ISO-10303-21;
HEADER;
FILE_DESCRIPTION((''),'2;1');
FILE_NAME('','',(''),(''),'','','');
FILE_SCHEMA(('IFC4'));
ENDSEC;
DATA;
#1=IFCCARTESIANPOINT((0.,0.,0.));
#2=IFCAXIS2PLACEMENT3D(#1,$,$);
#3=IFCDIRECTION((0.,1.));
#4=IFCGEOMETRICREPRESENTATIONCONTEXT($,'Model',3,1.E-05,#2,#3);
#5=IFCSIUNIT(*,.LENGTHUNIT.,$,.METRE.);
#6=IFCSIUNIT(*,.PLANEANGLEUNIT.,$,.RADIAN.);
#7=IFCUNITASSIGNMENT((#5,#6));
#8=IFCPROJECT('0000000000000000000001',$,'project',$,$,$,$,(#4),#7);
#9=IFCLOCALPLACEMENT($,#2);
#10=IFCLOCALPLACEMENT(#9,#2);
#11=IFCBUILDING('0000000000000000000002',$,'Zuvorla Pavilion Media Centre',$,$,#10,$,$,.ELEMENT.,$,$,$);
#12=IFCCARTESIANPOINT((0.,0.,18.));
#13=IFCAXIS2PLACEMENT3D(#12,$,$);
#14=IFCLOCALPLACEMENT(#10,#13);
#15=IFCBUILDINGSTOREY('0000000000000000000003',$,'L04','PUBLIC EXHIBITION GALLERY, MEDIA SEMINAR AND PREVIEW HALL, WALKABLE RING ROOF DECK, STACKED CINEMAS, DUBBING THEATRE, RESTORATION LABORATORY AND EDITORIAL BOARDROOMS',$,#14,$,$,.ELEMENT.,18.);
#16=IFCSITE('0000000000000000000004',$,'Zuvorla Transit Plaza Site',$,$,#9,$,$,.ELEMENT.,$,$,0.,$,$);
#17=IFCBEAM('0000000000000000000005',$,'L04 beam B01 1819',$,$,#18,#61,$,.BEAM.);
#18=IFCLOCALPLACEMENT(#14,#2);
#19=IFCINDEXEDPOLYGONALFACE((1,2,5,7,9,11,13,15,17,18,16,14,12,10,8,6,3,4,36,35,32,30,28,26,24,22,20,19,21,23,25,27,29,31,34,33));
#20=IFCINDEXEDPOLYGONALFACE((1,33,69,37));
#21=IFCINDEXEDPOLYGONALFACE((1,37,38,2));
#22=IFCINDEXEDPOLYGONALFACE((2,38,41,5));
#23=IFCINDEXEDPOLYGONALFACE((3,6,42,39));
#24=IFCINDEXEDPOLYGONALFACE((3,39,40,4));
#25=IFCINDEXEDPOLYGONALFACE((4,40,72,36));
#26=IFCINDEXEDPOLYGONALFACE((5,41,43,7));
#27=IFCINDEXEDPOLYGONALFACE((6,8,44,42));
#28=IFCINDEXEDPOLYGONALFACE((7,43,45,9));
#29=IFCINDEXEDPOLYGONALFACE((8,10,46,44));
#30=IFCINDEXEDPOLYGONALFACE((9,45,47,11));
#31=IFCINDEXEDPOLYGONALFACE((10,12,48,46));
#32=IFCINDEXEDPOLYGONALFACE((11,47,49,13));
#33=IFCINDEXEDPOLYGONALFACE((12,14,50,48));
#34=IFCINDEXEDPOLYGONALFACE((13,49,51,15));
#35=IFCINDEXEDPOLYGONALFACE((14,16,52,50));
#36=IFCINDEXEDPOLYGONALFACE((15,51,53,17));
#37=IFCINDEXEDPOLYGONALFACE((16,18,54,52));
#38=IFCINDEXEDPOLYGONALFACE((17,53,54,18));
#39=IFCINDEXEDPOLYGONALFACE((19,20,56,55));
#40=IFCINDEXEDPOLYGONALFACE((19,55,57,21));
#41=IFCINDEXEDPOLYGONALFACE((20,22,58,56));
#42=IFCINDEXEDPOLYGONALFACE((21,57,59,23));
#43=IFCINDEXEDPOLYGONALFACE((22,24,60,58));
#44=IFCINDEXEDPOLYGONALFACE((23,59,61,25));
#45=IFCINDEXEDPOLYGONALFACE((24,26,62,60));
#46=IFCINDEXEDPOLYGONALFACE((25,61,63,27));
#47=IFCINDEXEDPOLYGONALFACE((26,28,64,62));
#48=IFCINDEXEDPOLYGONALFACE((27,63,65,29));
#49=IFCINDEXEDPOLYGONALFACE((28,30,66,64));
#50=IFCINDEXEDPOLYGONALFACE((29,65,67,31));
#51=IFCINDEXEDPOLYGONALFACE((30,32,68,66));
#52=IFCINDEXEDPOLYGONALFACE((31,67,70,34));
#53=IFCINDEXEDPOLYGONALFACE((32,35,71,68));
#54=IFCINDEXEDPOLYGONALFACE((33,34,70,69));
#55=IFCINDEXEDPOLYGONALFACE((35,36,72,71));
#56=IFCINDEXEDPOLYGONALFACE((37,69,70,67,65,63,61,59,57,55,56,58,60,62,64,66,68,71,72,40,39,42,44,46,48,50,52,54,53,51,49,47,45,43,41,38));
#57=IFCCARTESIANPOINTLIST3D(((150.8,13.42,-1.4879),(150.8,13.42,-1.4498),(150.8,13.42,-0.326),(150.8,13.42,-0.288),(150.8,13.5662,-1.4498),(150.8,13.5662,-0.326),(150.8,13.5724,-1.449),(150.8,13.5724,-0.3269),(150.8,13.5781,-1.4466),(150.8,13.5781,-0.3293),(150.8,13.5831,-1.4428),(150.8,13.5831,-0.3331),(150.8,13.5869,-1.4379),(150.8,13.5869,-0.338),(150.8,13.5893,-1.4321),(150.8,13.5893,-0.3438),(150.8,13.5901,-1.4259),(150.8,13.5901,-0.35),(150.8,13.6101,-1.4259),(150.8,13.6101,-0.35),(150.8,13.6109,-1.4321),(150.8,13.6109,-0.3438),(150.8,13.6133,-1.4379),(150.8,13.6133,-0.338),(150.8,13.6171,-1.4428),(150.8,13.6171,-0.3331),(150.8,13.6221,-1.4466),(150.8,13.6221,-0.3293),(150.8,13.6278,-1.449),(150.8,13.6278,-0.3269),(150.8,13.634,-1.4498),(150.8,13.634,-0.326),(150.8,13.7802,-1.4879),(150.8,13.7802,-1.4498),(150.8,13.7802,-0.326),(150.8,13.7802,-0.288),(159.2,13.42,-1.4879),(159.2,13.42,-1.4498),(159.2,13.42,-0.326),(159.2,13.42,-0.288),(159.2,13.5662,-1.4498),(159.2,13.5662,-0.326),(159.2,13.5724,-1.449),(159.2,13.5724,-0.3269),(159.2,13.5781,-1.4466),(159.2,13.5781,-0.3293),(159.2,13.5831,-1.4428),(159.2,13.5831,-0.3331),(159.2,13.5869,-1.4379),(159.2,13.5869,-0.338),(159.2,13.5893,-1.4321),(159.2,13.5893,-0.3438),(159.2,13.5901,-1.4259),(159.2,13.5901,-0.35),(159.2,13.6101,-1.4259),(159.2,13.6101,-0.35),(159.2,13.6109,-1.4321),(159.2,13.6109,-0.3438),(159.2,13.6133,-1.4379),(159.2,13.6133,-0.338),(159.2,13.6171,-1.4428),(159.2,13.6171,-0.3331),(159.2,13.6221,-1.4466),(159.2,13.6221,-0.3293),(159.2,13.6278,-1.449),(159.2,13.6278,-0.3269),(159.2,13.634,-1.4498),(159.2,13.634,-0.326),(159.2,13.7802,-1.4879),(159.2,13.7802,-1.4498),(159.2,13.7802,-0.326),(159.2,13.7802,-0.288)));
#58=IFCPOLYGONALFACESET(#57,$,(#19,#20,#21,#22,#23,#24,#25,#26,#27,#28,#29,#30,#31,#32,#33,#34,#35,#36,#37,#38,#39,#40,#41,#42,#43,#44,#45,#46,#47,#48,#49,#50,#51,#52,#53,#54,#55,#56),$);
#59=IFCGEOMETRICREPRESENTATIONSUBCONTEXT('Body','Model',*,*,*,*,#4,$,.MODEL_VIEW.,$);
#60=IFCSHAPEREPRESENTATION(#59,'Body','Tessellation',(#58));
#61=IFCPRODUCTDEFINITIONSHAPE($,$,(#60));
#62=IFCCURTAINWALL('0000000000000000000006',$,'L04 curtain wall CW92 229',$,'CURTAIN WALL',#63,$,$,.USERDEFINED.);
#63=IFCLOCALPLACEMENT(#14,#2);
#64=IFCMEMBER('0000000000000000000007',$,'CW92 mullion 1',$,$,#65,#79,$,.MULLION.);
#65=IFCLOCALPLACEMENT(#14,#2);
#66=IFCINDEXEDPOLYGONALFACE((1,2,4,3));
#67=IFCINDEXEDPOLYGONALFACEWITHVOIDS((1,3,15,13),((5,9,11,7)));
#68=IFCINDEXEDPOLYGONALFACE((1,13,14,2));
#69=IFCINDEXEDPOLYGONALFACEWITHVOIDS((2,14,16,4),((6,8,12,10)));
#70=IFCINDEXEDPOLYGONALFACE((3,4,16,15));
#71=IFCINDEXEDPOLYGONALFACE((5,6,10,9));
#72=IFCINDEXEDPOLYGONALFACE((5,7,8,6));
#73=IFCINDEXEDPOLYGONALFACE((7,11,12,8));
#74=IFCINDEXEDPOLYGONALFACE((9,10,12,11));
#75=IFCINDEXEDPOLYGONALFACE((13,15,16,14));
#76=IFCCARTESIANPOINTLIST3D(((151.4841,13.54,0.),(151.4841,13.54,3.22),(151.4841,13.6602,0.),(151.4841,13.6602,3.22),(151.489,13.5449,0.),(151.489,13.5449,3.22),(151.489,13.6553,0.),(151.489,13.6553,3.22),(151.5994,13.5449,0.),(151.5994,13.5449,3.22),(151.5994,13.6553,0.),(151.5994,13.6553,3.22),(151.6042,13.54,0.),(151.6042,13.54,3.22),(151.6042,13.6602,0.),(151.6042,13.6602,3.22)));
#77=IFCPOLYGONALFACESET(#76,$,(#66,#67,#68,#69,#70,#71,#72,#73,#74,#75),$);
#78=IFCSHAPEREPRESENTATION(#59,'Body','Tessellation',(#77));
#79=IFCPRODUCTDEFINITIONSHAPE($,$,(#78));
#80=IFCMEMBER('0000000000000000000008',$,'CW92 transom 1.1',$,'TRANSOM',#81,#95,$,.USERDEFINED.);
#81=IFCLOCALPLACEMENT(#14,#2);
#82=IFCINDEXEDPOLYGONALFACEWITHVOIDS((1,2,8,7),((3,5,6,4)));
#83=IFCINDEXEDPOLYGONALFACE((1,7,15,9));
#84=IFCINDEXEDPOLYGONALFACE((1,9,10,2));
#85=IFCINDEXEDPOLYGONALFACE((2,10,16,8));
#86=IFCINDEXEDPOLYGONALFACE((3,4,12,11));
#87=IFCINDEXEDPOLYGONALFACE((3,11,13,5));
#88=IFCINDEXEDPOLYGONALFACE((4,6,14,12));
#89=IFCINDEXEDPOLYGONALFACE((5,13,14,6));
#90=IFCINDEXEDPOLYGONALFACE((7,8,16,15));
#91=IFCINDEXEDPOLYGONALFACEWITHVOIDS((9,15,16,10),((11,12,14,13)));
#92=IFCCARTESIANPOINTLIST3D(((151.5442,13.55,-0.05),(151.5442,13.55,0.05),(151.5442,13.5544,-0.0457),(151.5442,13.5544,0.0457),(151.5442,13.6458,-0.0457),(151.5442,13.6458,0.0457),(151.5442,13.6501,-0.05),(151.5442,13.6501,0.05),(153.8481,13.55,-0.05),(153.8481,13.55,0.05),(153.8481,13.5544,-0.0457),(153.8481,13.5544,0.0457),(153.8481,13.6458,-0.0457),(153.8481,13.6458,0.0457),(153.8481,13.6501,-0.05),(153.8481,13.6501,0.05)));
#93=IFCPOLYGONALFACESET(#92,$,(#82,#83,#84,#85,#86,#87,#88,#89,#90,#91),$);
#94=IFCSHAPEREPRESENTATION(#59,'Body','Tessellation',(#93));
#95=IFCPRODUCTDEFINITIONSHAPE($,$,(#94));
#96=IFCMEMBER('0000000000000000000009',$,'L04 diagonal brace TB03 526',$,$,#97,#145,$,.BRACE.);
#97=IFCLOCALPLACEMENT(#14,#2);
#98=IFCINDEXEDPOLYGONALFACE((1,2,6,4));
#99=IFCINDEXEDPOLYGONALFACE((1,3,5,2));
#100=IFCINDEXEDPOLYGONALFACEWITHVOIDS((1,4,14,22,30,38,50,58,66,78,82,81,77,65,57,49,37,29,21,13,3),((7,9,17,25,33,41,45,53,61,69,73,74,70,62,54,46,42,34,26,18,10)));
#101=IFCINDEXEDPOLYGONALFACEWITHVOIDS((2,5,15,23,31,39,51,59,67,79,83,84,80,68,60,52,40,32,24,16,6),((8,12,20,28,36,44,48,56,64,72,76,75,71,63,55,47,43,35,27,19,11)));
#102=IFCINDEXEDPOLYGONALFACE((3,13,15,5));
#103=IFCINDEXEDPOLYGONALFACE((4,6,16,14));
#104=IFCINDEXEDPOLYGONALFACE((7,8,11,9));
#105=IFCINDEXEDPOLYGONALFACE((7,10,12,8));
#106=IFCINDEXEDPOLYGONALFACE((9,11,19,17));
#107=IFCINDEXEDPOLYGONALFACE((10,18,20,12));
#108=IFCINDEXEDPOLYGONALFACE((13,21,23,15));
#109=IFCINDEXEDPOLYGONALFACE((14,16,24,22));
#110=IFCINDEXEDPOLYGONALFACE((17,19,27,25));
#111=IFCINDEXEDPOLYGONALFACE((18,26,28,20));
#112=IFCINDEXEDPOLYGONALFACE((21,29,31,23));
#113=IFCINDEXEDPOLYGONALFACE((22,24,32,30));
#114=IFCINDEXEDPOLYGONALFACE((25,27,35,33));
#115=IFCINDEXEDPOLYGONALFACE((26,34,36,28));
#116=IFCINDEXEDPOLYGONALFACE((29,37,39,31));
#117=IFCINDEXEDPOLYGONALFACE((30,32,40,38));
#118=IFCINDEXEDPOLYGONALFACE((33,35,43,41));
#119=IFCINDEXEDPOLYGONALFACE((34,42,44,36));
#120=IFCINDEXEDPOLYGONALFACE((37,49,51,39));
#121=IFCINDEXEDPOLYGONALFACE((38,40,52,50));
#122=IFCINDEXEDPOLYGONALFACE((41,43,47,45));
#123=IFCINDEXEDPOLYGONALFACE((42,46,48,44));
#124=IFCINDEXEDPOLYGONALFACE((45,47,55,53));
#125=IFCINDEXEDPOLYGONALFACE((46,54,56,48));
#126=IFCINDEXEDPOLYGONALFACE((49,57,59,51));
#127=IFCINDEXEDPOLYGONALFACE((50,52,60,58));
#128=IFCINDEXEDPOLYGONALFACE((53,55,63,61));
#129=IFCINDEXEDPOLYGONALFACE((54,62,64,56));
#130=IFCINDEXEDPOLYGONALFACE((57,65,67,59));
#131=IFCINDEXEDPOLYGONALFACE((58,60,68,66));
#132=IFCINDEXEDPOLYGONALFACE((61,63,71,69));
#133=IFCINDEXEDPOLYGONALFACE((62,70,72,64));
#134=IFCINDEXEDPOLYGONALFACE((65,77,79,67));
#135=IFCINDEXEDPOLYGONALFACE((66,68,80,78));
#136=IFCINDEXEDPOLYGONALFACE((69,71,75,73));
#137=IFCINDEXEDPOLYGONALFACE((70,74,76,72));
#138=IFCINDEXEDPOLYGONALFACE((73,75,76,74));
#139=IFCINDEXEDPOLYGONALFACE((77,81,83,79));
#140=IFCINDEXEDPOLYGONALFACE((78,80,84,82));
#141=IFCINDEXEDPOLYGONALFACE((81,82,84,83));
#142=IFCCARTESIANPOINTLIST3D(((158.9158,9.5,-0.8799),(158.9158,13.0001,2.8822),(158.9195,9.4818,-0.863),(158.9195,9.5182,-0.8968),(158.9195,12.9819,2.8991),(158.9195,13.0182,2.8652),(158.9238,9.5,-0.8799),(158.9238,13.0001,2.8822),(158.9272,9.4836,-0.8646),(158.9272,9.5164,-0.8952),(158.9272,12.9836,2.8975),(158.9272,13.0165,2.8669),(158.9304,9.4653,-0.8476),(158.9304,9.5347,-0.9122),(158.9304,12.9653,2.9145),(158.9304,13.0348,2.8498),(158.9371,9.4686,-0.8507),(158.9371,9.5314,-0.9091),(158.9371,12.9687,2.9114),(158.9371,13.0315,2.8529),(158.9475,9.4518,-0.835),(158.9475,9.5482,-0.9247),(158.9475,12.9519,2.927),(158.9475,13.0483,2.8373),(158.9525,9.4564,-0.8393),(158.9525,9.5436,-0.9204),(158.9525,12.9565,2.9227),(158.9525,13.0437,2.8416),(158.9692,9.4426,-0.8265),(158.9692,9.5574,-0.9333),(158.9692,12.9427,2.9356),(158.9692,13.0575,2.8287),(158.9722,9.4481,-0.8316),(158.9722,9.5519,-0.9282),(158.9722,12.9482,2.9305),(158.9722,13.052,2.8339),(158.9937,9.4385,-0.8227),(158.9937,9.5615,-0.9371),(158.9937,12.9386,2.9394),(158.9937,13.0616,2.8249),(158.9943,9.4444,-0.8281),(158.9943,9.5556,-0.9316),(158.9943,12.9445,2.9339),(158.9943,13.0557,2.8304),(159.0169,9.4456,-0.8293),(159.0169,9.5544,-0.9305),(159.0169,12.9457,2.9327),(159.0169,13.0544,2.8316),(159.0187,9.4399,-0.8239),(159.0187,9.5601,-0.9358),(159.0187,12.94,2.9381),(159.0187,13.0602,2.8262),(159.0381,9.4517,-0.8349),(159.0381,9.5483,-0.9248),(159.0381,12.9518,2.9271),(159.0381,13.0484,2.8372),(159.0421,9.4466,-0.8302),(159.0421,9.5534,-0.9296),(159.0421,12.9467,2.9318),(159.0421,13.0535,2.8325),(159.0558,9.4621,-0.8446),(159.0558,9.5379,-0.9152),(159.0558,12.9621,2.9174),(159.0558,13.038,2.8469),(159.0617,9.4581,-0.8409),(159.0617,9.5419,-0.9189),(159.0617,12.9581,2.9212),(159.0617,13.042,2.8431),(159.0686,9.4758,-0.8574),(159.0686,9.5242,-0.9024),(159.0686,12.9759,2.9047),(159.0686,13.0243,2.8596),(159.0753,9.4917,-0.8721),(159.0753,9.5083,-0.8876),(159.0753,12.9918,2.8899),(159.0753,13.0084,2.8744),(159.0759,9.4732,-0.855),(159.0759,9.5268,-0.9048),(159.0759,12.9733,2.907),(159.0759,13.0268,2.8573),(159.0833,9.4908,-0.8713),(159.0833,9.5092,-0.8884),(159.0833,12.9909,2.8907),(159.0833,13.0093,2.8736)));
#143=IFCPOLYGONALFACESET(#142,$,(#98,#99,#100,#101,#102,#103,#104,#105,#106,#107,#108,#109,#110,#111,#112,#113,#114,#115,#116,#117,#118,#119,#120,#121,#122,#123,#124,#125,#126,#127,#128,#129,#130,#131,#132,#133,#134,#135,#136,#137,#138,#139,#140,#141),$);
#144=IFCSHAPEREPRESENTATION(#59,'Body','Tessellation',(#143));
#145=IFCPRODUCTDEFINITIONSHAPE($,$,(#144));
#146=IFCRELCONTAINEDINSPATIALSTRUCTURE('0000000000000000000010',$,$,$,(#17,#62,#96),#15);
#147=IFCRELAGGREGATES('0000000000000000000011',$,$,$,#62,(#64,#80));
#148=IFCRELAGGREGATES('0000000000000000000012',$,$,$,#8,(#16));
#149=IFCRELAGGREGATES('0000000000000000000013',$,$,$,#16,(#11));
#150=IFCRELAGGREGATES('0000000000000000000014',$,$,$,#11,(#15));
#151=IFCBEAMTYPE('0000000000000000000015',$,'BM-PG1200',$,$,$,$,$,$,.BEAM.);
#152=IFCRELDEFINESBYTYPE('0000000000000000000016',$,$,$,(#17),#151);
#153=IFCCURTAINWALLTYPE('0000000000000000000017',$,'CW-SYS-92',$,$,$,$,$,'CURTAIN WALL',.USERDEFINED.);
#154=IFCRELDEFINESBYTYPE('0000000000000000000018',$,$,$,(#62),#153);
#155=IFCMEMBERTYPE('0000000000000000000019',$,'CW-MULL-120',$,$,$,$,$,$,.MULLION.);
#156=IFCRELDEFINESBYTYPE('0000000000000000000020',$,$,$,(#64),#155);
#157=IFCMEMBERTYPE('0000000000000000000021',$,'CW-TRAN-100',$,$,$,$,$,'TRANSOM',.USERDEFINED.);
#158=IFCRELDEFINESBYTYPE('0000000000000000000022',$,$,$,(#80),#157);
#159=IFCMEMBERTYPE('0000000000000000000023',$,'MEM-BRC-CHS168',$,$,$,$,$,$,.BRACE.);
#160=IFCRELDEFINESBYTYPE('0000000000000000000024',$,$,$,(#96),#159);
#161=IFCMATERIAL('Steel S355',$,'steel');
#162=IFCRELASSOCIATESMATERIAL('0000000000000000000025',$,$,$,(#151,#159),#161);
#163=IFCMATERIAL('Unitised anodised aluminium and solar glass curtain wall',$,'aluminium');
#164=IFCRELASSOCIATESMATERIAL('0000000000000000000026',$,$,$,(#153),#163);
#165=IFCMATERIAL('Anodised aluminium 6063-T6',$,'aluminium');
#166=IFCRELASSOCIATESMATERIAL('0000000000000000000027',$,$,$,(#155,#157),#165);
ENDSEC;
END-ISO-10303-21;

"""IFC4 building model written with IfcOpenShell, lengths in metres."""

from ifc_helpers import new_model, si_unit, direction, frame, origin, origin_2d, place, context, subcontext, project, spatial, hollow_rectangle, hollow_circle, i_section, extrude, material, material_profile, profile_set, type_object, element, aggregate, save


model = new_model("IFC4")

# Units and contexts
model_context = context("Model", 3, precision=1e-05, world=origin(), true_north=direction((0.0, 1.0)))
body_context = subcontext(model_context, "Body", "Model", "MODEL_VIEW")
ifc_project = project(units=[si_unit("LENGTHUNIT", "METRE"), si_unit("PLANEANGLEUNIT", "RADIAN")], contexts=[model_context])

# Site, building, storey
site_placement = place(None, origin())
site = spatial("IfcSite", under=ifc_project, at=site_placement, Name="Zuvorla Transit Plaza Site", CompositionType="ELEMENT", RefElevation=0.0)
building_placement = place(site_placement, origin())
building = spatial("IfcBuilding", under=site, at=building_placement, Name="Zuvorla Pavilion Media Centre", CompositionType="ELEMENT")
storey_placement = place(building_placement, frame((0.0, 0.0, 18.0)))
storey = spatial("IfcBuildingStorey", under=building, at=storey_placement, Name="L04", Description="PUBLIC EXHIBITION GALLERY, MEDIA SEMINAR AND PREVIEW HALL, WALKABLE RING ROOF DECK, STACKED CINEMAS, DUBBING THEATRE, RESTORATION LABORATORY AND EDITORIAL BOARDROOMS", CompositionType="ELEMENT", Elevation=18.0)

# Beam
ifc_material_1 = material(Name="Steel S355", Category="steel")
ifc_material_profile_1 = material_profile(ifc_material_1, i_section(OverallWidth=0.3601, OverallDepth=1.2, WebThickness=0.02, FlangeThickness=0.0381, FilletRadius=0.0239, at=origin_2d()), Name="PG 1200x360x38")
ifc_profile_set_1 = profile_set([ifc_material_profile_1], Name="Steel S355")
beam_type = type_object("IfcBeamType", Name="BM-PG1200", PredefinedType="BEAM", material=ifc_profile_set_1)
beam_placement = place(storey_placement, frame((150.8, 13.6001, -0.8879), z_axis=(1.0, 0.0, 0.0), x_axis=(0.0, 1.0, 0.0)))
element("IfcBeam", 1, at=beam_placement, inside=storey, type_object=beam_type, Name="L04 beam B01 1819", PredefinedType="BEAM", context=body_context, shape_type="SweptSolid", body=[
    extrude(i_section(OverallWidth=0.3601, OverallDepth=1.2, WebThickness=0.02, FlangeThickness=0.0381, FilletRadius=0.0239, at=origin_2d()), origin(), (0.0, 0.0, 1.0), 8.3999),
])

# Curtain wall, members
ifc_material_2 = material(Name="Unitised anodised aluminium and solar glass curtain wall", Category="aluminium")
curtain_wall_type = type_object("IfcCurtainWallType", Name="CW-SYS-92", ElementType="CURTAIN WALL", PredefinedType="USERDEFINED", material=ifc_material_2)
curtain_wall_placement = place(storey_placement, origin())
curtain_wall = element("IfcCurtainWall", 2, at=curtain_wall_placement, inside=storey, type_object=curtain_wall_type, Name="L04 curtain wall CW92 229", ObjectType="CURTAIN WALL", PredefinedType="USERDEFINED")
ifc_material_3 = material(Name="Anodised aluminium 6063-T6", Category="aluminium")
ifc_material_profile_2 = material_profile(ifc_material_3, hollow_rectangle(XDim=0.1201, YDim=0.1201, WallThickness=0.0049, at=origin_2d()), Name="ALU MULL 120x120")
ifc_profile_set_2 = profile_set([ifc_material_profile_2], Name="Anodised aluminium 6063-T6")
member_type_1 = type_object("IfcMemberType", Name="CW-MULL-120", PredefinedType="MULLION", material=ifc_profile_set_2)
member_1_placement = place(storey_placement, frame((151.5442, 13.6001, 0.0), z_axis=(0.0, 0.0, 1.0), x_axis=(1.0, 0.0, 0.0)))
member_1 = element("IfcMember", 3, at=member_1_placement, type_object=member_type_1, Name="CW92 mullion 1", PredefinedType="MULLION", context=body_context, shape_type="SweptSolid", body=[
    extrude(hollow_rectangle(XDim=0.1201, YDim=0.1201, WallThickness=0.0049, at=origin_2d()), origin(), (0.0, 0.0, 1.0), 3.22),
])
ifc_material_profile_3 = material_profile(ifc_material_3, hollow_rectangle(XDim=0.1001, YDim=0.1001, WallThickness=0.0044, at=origin_2d()), Name="ALU TRAN 100x100")
ifc_profile_set_3 = profile_set([ifc_material_profile_3], Name="Anodised aluminium 6063-T6")
member_type_2 = type_object("IfcMemberType", Name="CW-TRAN-100", ElementType="TRANSOM", PredefinedType="USERDEFINED", material=ifc_profile_set_3)
member_2_placement = place(storey_placement, frame((151.5442, 13.6001, 0.0), z_axis=(1.0, 0.0, 0.0), x_axis=(0.0, 1.0, 0.0)))
member_2 = element("IfcMember", 4, at=member_2_placement, type_object=member_type_2, Name="CW92 transom 1.1", ObjectType="TRANSOM", PredefinedType="USERDEFINED", context=body_context, shape_type="SweptSolid", body=[
    extrude(hollow_rectangle(XDim=0.1001, YDim=0.1001, WallThickness=0.0044, at=origin_2d()), origin(), (0.0, 0.0, 1.0), 2.304),
])
aggregate(curtain_wall, [member_1, member_2])

# Member
ifc_material_profile_4 = material_profile(ifc_material_1, hollow_circle(Radius=0.0842, WallThickness=0.0081, at=origin_2d()), Name="CHS 168.3x8")
ifc_profile_set_4 = profile_set([ifc_material_profile_4], Name="Steel S355")
member_type_3 = type_object("IfcMemberType", Name="MEM-BRC-CHS168", PredefinedType="BRACE", material=ifc_profile_set_4)
member_3_placement = place(storey_placement, frame((159.0, 9.5, -0.8799), z_axis=(0.0, 0.681156, 0.732138), x_axis=(-1.0, 0.0, 0.0)))
element("IfcMember", 5, at=member_3_placement, inside=storey, type_object=member_type_3, Name="L04 diagonal brace TB03 526", PredefinedType="BRACE", context=body_context, shape_type="SweptSolid", body=[
    extrude(hollow_circle(Radius=0.0842, WallThickness=0.0081, at=origin_2d()), origin(), (0.0, 0.0, 1.0), 5.1384),
])

save(model, "model.ifc")
